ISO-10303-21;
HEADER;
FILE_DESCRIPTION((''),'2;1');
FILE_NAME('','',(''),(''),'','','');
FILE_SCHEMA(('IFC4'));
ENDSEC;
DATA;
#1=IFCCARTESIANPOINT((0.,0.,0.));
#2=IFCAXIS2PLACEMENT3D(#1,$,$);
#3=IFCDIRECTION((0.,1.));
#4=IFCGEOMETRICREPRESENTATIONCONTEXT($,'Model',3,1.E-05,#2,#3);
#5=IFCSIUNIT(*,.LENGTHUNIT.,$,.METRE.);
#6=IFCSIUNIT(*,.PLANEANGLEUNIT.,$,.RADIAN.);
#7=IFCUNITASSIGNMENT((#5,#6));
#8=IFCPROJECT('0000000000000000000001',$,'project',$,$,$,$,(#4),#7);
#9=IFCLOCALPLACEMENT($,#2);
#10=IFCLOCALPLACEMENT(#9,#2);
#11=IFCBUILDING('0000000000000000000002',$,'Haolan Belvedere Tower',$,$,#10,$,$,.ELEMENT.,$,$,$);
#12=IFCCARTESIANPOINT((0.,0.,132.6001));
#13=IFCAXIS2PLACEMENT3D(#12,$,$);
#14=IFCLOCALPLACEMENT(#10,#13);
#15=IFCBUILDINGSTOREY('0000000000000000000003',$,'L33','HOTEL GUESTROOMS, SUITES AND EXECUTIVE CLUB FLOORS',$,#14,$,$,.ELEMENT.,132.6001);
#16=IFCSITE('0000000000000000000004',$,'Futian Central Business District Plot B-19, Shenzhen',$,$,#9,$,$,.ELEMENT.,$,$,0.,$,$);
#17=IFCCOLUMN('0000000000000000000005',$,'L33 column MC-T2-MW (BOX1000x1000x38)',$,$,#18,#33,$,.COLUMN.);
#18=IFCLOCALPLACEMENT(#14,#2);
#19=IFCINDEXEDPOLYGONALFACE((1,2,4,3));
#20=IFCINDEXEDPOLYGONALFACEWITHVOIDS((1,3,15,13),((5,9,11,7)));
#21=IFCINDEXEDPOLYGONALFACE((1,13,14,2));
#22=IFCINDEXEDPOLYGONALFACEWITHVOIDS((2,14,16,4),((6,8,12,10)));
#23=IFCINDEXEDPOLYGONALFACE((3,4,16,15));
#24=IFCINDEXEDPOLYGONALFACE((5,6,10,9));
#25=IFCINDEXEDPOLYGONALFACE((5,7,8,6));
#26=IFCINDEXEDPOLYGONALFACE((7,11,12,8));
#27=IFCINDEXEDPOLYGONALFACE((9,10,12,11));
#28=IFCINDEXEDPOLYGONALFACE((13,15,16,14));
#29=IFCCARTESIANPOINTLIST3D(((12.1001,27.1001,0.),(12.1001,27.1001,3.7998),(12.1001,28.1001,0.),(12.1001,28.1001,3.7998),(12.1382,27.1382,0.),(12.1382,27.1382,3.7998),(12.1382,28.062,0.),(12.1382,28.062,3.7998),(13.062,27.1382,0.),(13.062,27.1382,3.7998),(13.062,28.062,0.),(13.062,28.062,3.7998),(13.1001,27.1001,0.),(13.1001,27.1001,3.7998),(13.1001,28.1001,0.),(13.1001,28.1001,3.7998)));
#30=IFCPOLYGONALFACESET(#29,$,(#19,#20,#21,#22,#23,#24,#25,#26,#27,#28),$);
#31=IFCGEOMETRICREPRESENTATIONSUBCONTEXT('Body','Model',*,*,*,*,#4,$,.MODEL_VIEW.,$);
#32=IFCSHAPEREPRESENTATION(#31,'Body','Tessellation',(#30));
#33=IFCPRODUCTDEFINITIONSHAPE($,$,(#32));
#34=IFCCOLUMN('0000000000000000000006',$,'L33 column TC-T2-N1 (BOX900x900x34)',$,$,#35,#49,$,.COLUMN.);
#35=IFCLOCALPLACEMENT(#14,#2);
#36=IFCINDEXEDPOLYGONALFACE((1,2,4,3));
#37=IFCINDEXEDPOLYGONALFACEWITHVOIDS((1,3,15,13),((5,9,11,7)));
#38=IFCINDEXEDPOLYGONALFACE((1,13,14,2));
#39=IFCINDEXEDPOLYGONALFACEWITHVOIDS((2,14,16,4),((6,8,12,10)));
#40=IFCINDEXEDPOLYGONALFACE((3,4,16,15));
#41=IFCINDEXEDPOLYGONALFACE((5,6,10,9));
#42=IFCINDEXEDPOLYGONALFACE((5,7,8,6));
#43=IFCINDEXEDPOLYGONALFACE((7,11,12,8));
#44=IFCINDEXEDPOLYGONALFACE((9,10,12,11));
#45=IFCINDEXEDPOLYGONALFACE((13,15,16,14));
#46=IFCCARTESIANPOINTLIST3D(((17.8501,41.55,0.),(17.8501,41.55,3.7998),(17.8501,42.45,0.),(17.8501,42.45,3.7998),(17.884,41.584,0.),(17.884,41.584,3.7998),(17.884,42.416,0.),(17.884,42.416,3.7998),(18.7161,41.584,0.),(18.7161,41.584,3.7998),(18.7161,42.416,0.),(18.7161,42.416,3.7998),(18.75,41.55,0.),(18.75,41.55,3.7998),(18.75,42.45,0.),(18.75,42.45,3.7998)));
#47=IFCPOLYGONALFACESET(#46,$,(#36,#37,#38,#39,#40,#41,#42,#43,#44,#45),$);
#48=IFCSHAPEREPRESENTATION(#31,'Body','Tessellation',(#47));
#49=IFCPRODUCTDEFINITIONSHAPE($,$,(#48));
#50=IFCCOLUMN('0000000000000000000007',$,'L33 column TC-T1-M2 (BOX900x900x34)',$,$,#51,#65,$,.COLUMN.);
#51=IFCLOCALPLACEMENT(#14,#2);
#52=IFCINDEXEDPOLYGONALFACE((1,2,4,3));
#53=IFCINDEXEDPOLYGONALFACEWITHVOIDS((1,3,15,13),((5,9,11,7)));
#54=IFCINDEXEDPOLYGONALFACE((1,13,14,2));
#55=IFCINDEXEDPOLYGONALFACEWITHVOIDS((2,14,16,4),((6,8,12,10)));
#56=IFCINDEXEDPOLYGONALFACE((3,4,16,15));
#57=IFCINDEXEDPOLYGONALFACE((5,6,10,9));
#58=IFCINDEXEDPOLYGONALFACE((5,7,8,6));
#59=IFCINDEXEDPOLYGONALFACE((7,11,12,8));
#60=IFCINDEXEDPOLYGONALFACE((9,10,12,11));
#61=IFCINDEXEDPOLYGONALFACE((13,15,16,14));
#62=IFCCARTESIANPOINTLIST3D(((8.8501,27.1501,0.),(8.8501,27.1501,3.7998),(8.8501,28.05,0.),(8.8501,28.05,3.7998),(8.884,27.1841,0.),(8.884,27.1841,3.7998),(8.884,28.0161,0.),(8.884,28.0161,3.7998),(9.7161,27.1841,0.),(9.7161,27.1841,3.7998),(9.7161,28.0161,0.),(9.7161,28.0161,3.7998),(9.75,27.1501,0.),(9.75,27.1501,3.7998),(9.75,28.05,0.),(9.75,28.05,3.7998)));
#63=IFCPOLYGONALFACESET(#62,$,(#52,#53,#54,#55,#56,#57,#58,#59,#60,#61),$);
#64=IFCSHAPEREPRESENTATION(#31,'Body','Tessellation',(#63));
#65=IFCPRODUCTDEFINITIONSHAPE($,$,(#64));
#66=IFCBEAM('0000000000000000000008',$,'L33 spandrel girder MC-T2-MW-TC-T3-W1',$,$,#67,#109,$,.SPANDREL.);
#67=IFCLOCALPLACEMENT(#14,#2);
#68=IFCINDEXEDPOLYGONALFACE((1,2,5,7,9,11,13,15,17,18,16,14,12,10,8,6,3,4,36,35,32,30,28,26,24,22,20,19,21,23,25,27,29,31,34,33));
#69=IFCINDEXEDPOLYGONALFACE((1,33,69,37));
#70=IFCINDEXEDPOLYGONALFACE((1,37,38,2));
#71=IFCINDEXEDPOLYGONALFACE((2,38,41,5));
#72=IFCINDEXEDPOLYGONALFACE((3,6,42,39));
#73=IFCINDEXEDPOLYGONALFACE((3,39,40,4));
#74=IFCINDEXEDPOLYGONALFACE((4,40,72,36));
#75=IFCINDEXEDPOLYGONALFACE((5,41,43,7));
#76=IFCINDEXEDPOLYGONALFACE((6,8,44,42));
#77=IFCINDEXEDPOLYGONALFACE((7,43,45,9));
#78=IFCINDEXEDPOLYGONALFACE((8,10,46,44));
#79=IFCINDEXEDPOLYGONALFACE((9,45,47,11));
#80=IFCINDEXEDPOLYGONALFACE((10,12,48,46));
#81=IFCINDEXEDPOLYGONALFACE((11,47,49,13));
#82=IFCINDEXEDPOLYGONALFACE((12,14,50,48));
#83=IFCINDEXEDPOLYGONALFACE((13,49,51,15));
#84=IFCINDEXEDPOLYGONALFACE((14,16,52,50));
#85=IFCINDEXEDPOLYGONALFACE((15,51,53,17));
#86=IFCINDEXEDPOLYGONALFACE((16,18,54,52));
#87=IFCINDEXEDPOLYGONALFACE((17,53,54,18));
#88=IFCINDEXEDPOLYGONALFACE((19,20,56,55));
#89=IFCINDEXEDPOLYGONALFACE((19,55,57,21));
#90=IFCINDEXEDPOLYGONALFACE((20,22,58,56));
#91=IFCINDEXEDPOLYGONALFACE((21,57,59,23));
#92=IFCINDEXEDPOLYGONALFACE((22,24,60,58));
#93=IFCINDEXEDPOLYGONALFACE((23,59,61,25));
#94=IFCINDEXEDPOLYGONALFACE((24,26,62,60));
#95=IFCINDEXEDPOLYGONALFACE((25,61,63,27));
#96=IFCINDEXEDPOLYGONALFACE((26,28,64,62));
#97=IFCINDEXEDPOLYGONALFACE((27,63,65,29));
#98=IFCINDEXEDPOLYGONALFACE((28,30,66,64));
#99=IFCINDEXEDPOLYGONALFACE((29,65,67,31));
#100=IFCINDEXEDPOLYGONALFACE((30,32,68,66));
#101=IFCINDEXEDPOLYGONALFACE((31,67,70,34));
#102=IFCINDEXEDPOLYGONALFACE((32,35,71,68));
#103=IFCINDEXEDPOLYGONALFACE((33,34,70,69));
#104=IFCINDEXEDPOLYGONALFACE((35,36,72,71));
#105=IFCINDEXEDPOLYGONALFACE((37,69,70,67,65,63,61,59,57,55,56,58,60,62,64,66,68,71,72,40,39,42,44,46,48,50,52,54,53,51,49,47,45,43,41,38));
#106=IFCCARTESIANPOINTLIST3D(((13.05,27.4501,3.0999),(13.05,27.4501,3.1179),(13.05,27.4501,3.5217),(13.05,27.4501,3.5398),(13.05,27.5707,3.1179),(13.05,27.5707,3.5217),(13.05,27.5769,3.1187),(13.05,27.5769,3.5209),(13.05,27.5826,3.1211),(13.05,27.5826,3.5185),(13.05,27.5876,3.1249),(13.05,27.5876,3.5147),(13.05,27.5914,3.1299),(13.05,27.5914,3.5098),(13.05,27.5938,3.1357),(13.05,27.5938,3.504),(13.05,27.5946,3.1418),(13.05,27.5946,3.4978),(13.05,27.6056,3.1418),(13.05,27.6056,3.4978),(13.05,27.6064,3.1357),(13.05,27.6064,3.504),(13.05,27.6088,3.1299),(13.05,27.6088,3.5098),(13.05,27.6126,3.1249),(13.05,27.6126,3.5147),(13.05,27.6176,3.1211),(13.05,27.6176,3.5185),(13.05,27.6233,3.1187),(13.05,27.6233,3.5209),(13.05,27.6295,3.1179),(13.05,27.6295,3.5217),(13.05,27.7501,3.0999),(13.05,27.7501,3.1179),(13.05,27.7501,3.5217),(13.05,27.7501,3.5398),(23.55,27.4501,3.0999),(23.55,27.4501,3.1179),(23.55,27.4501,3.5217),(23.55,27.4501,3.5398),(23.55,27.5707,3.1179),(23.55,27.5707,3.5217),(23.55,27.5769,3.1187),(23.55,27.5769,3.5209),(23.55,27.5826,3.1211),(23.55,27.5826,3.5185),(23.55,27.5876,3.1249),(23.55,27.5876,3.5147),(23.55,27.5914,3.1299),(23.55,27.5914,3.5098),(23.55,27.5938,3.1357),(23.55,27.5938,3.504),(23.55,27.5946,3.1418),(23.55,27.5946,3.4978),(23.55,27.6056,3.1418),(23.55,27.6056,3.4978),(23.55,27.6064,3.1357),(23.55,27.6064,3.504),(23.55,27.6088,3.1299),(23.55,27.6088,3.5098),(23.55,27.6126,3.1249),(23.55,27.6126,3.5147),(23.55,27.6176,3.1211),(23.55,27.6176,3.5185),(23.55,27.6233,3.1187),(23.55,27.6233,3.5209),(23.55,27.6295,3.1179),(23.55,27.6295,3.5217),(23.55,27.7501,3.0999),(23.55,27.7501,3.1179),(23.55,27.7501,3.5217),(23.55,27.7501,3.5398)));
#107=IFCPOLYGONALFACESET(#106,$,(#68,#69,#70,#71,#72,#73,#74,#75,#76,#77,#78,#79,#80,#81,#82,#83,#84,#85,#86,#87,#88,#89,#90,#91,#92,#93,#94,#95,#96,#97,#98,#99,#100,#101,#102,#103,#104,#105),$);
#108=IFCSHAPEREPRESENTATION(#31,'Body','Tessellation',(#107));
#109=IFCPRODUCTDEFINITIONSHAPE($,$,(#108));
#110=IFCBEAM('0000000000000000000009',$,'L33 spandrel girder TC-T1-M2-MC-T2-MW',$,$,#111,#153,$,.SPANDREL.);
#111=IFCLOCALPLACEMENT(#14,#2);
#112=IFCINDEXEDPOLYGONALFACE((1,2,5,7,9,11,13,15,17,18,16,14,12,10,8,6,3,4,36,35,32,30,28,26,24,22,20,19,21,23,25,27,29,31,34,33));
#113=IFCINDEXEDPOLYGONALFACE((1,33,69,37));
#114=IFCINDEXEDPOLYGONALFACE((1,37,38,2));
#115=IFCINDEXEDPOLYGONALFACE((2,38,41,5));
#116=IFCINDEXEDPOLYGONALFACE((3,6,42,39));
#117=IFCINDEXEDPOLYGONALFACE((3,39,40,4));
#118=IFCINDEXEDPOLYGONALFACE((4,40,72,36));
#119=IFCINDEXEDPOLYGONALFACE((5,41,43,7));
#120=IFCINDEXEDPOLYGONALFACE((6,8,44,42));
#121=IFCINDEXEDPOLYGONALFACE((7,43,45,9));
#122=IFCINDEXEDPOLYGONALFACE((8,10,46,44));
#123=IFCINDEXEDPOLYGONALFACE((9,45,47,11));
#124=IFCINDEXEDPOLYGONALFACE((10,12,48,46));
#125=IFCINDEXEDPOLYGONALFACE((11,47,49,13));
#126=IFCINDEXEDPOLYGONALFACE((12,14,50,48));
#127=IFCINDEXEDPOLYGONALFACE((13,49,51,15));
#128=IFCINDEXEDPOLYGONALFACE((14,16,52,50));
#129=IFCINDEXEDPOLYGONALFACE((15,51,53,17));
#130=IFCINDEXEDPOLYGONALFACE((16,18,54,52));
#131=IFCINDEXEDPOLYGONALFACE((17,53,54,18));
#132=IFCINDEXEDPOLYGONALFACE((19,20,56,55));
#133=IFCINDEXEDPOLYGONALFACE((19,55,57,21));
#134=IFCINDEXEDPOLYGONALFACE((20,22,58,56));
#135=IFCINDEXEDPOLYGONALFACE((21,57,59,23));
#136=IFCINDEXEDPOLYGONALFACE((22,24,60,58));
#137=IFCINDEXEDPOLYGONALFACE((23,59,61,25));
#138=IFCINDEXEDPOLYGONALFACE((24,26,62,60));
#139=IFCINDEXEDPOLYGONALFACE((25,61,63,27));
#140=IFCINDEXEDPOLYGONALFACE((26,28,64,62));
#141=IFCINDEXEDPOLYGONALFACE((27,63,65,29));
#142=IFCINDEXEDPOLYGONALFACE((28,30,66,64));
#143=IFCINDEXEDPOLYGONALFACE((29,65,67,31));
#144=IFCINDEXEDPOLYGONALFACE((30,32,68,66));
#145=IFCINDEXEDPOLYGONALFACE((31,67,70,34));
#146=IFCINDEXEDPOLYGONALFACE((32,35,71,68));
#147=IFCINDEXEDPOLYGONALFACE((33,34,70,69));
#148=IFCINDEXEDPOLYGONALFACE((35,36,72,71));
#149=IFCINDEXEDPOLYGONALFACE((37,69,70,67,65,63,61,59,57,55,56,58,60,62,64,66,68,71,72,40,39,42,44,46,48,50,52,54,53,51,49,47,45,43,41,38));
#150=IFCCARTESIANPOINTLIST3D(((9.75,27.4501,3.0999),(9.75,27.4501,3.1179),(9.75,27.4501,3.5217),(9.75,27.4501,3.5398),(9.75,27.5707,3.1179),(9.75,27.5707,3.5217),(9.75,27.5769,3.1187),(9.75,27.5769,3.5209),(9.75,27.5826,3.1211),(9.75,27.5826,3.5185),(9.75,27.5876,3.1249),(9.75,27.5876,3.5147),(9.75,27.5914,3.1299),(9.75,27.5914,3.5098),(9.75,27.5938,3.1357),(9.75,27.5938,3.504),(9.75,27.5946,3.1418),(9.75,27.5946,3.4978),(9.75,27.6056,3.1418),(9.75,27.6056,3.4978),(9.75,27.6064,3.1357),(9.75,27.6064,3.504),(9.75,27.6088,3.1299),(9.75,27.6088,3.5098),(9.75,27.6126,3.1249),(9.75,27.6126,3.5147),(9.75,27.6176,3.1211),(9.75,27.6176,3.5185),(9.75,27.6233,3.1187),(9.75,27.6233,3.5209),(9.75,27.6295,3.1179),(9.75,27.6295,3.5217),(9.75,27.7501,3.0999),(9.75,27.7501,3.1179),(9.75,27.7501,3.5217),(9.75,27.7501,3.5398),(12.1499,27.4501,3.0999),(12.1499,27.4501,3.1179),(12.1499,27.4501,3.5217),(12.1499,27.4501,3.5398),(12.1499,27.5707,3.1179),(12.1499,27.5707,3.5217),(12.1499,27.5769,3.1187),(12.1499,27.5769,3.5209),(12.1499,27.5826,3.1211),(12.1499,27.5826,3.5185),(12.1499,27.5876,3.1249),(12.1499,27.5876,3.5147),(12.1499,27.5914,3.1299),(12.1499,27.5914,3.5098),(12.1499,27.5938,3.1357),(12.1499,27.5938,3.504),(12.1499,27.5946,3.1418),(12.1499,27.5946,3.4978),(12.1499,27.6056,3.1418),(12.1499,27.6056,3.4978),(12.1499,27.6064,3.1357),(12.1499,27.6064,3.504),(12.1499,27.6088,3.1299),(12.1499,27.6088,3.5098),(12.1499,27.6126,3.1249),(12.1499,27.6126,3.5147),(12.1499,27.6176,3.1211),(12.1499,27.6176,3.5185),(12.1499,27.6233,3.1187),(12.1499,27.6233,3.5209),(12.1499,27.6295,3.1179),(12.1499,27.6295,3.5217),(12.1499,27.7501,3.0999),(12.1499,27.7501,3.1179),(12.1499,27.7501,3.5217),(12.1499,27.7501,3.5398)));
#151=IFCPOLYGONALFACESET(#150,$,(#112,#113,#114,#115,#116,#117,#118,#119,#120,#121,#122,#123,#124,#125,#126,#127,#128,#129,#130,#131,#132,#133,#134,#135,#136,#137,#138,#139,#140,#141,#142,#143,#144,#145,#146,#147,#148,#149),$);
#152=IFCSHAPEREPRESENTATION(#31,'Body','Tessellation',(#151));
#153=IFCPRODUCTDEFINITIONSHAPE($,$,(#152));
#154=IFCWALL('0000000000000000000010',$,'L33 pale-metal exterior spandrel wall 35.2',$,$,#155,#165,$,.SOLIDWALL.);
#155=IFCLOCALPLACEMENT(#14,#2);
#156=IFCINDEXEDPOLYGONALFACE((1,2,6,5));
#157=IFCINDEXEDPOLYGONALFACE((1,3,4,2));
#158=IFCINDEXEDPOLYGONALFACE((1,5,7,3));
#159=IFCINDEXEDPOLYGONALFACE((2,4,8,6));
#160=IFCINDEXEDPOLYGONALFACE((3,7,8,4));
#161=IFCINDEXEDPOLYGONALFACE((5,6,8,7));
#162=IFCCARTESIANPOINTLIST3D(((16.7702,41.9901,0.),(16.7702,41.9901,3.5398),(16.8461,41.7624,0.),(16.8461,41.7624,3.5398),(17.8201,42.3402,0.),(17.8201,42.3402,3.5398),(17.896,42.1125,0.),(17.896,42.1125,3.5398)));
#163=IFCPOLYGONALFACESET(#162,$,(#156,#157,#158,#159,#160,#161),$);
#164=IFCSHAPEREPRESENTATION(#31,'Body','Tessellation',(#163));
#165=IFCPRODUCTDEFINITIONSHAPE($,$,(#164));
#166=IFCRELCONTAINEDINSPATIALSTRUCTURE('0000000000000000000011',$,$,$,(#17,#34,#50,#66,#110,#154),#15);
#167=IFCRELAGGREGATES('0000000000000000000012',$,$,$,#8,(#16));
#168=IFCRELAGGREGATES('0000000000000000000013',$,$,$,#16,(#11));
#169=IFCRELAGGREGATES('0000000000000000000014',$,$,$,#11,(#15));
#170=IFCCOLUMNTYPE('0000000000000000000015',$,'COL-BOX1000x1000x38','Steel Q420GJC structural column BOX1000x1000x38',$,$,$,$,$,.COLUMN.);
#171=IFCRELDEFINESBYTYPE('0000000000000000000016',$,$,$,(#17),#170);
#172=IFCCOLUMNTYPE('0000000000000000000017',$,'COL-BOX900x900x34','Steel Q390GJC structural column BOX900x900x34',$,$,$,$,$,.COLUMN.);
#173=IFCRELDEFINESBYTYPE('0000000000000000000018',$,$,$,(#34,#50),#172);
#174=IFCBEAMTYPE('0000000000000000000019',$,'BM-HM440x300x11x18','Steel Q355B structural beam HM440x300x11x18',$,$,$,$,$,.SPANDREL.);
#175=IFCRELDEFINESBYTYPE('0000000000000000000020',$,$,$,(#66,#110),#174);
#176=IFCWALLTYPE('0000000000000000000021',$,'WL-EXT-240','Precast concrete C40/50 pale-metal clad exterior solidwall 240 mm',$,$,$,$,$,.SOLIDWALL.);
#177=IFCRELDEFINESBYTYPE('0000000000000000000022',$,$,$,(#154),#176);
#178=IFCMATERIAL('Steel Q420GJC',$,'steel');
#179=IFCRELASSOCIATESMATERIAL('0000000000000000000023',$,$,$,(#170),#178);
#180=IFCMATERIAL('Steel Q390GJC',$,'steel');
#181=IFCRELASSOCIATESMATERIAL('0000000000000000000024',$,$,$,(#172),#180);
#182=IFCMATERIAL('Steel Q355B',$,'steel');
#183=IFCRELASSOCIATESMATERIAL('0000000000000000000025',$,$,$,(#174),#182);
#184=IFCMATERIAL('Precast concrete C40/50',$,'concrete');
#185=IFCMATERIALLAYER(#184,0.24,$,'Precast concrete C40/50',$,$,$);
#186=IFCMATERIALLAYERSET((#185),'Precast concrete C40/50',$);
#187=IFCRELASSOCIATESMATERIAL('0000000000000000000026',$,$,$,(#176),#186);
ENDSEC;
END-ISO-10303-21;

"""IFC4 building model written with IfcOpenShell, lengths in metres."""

from ifc_helpers import new_model, si_unit, direction, frame, frame_2d, origin, origin_2d, place, context, subcontext, project, spatial, rectangle, hollow_rectangle, i_section, extrude, material, layer, layer_set, material_profile, profile_set, type_object, element, save


model = new_model("IFC4")

# Units and contexts
model_context = context("Model", 3, precision=1e-05, world=origin(), true_north=direction((0.0, 1.0)))
body_context = subcontext(model_context, "Body", "Model", "MODEL_VIEW")
ifc_project = project(units=[si_unit("LENGTHUNIT", "METRE"), si_unit("PLANEANGLEUNIT", "RADIAN")], contexts=[model_context])

# Site, building, storey
site_placement = place(None, origin())
site = spatial("IfcSite", under=ifc_project, at=site_placement, Name="Futian Central Business District Plot B-19, Shenzhen", CompositionType="ELEMENT", RefElevation=0.0)
building_placement = place(site_placement, origin())
building = spatial("IfcBuilding", under=site, at=building_placement, Name="Haolan Belvedere Tower", CompositionType="ELEMENT")
storey_placement = place(building_placement, frame((0.0, 0.0, 132.6001)))
storey = spatial("IfcBuildingStorey", under=building, at=storey_placement, Name="L33", Description="HOTEL GUESTROOMS, SUITES AND EXECUTIVE CLUB FLOORS", CompositionType="ELEMENT", Elevation=132.6001)

# Columns
ifc_material_1 = material(Name="Steel Q420GJC", Category="steel")
ifc_material_profile_1 = material_profile(ifc_material_1, hollow_rectangle(XDim=1.0, YDim=1.0, WallThickness=0.0381, at=origin_2d()), Name="Steel Q420GJC")
ifc_profile_set_1 = profile_set([ifc_material_profile_1], Name="Steel Q420GJC")
column_type_1 = type_object("IfcColumnType", Name="COL-BOX1000x1000x38", Description="Steel Q420GJC structural column BOX1000x1000x38", PredefinedType="COLUMN", material=ifc_profile_set_1)
column_placement = place(storey_placement, frame((12.6001, 27.6001, 0.0), z_axis=(0.0, 0.0, 1.0), x_axis=(1.0, 0.0, 0.0)))
element("IfcColumn", 1, at=column_placement, inside=storey, type_object=column_type_1, Name="L33 column MC-T2-MW (BOX1000x1000x38)", PredefinedType="COLUMN", context=body_context, shape_type="SweptSolid", body=[
    extrude(hollow_rectangle(XDim=1.0, YDim=1.0, WallThickness=0.0381, at=origin_2d()), origin(), (0.0, 0.0, 1.0), 3.7998),
])
ifc_material_2 = material(Name="Steel Q390GJC", Category="steel")
ifc_material_profile_2 = material_profile(ifc_material_2, hollow_rectangle(XDim=0.8999, YDim=0.8999, WallThickness=0.0339, at=origin_2d()), Name="Steel Q390GJC")
ifc_profile_set_2 = profile_set([ifc_material_profile_2], Name="Steel Q390GJC")
column_type_2 = type_object("IfcColumnType", Name="COL-BOX900x900x34", Description="Steel Q390GJC structural column BOX900x900x34", PredefinedType="COLUMN", material=ifc_profile_set_2)
for number, where, z_axis, x_axis, name in (
    (2, (18.3, 42.0, 0.0), (0.0, 0.0, 1.0), (1.0, 0.0, 0.0), "L33 column TC-T2-N1 (BOX900x900x34)"),
    (3, (9.3, 27.6001, 0.0), (0.0, 0.0, 1.0), (1.0, 0.0, 0.0), "L33 column TC-T1-M2 (BOX900x900x34)"),
):
    element("IfcColumn", number, at=place(storey_placement, frame(where, z_axis=z_axis, x_axis=x_axis)), inside=storey, type_object=column_type_2, Name=name, PredefinedType="COLUMN", context=body_context, shape_type="SweptSolid", body=[
        extrude(hollow_rectangle(XDim=0.8999, YDim=0.8999, WallThickness=0.0339, at=origin_2d()), origin(), (0.0, 0.0, 1.0), 3.7998),
    ])

# Beams
ifc_material_3 = material(Name="Steel Q355B", Category="steel")
ifc_material_profile_3 = material_profile(ifc_material_3, i_section(OverallWidth=0.3, OverallDepth=0.4399, WebThickness=0.011, FlangeThickness=0.0181, FilletRadius=0.0239, at=origin_2d()), Name="Steel Q355B")
ifc_profile_set_3 = profile_set([ifc_material_profile_3], Name="Steel Q355B")
beam_type = type_object("IfcBeamType", Name="BM-HM440x300x11x18", Description="Steel Q355B structural beam HM440x300x11x18", PredefinedType="SPANDREL", material=ifc_profile_set_3)
beam_1_placement = place(storey_placement, frame((13.05, 27.6001, 3.3198), z_axis=(1.0, 0.0, 0.0), x_axis=(0.0, 1.0, 0.0)))
element("IfcBeam", 4, at=beam_1_placement, inside=storey, type_object=beam_type, Name="L33 spandrel girder MC-T2-MW-TC-T3-W1", PredefinedType="SPANDREL", context=body_context, shape_type="SweptSolid", body=[
    extrude(i_section(OverallWidth=0.3, OverallDepth=0.4399, WebThickness=0.011, FlangeThickness=0.0181, FilletRadius=0.0239, at=origin_2d()), origin(), (0.0, 0.0, 1.0), 10.5),
])
beam_2_placement = place(storey_placement, frame((9.75, 27.6001, 3.3198), z_axis=(1.0, 0.0, 0.0), x_axis=(0.0, 1.0, 0.0)))
element("IfcBeam", 5, at=beam_2_placement, inside=storey, type_object=beam_type, Name="L33 spandrel girder TC-T1-M2-MC-T2-MW", PredefinedType="SPANDREL", context=body_context, shape_type="SweptSolid", body=[
    extrude(i_section(OverallWidth=0.3, OverallDepth=0.4399, WebThickness=0.011, FlangeThickness=0.0181, FilletRadius=0.0239, at=origin_2d()), origin(), (0.0, 0.0, 1.0), 2.3999),
])

# Wall
ifc_material_4 = material(Name="Precast concrete C40/50", Category="concrete")
ifc_layer_1 = layer(ifc_material_4, 0.24, Name="Precast concrete C40/50")
ifc_layer_set_1 = layer_set([ifc_layer_1], Name="Precast concrete C40/50")
wall_type_1 = type_object("IfcWallType", Name="WL-EXT-240", Description="Precast concrete C40/50 pale-metal clad exterior solidwall 240 mm", PredefinedType="SOLIDWALL", material=ifc_layer_set_1)
wall_1_placement = place(storey_placement, frame((17.8579, 42.2263, 0.0), z_axis=(0.0, 0.0, 1.0), x_axis=(-0.948639, -0.31636, 0.0)))
element("IfcWall", 6, at=wall_1_placement, inside=storey, type_object=wall_type_1, Name="L33 pale-metal exterior spandrel wall 35.2", PredefinedType="SOLIDWALL", context=body_context, shape_type="SweptSolid", body=[
    extrude(rectangle(XDim=1.1067, YDim=0.24, at=frame_2d((0.5532, 0.0))), origin(), (0.0, 0.0, 1.0), 3.5398),
])

save(model, "model.ifc")
